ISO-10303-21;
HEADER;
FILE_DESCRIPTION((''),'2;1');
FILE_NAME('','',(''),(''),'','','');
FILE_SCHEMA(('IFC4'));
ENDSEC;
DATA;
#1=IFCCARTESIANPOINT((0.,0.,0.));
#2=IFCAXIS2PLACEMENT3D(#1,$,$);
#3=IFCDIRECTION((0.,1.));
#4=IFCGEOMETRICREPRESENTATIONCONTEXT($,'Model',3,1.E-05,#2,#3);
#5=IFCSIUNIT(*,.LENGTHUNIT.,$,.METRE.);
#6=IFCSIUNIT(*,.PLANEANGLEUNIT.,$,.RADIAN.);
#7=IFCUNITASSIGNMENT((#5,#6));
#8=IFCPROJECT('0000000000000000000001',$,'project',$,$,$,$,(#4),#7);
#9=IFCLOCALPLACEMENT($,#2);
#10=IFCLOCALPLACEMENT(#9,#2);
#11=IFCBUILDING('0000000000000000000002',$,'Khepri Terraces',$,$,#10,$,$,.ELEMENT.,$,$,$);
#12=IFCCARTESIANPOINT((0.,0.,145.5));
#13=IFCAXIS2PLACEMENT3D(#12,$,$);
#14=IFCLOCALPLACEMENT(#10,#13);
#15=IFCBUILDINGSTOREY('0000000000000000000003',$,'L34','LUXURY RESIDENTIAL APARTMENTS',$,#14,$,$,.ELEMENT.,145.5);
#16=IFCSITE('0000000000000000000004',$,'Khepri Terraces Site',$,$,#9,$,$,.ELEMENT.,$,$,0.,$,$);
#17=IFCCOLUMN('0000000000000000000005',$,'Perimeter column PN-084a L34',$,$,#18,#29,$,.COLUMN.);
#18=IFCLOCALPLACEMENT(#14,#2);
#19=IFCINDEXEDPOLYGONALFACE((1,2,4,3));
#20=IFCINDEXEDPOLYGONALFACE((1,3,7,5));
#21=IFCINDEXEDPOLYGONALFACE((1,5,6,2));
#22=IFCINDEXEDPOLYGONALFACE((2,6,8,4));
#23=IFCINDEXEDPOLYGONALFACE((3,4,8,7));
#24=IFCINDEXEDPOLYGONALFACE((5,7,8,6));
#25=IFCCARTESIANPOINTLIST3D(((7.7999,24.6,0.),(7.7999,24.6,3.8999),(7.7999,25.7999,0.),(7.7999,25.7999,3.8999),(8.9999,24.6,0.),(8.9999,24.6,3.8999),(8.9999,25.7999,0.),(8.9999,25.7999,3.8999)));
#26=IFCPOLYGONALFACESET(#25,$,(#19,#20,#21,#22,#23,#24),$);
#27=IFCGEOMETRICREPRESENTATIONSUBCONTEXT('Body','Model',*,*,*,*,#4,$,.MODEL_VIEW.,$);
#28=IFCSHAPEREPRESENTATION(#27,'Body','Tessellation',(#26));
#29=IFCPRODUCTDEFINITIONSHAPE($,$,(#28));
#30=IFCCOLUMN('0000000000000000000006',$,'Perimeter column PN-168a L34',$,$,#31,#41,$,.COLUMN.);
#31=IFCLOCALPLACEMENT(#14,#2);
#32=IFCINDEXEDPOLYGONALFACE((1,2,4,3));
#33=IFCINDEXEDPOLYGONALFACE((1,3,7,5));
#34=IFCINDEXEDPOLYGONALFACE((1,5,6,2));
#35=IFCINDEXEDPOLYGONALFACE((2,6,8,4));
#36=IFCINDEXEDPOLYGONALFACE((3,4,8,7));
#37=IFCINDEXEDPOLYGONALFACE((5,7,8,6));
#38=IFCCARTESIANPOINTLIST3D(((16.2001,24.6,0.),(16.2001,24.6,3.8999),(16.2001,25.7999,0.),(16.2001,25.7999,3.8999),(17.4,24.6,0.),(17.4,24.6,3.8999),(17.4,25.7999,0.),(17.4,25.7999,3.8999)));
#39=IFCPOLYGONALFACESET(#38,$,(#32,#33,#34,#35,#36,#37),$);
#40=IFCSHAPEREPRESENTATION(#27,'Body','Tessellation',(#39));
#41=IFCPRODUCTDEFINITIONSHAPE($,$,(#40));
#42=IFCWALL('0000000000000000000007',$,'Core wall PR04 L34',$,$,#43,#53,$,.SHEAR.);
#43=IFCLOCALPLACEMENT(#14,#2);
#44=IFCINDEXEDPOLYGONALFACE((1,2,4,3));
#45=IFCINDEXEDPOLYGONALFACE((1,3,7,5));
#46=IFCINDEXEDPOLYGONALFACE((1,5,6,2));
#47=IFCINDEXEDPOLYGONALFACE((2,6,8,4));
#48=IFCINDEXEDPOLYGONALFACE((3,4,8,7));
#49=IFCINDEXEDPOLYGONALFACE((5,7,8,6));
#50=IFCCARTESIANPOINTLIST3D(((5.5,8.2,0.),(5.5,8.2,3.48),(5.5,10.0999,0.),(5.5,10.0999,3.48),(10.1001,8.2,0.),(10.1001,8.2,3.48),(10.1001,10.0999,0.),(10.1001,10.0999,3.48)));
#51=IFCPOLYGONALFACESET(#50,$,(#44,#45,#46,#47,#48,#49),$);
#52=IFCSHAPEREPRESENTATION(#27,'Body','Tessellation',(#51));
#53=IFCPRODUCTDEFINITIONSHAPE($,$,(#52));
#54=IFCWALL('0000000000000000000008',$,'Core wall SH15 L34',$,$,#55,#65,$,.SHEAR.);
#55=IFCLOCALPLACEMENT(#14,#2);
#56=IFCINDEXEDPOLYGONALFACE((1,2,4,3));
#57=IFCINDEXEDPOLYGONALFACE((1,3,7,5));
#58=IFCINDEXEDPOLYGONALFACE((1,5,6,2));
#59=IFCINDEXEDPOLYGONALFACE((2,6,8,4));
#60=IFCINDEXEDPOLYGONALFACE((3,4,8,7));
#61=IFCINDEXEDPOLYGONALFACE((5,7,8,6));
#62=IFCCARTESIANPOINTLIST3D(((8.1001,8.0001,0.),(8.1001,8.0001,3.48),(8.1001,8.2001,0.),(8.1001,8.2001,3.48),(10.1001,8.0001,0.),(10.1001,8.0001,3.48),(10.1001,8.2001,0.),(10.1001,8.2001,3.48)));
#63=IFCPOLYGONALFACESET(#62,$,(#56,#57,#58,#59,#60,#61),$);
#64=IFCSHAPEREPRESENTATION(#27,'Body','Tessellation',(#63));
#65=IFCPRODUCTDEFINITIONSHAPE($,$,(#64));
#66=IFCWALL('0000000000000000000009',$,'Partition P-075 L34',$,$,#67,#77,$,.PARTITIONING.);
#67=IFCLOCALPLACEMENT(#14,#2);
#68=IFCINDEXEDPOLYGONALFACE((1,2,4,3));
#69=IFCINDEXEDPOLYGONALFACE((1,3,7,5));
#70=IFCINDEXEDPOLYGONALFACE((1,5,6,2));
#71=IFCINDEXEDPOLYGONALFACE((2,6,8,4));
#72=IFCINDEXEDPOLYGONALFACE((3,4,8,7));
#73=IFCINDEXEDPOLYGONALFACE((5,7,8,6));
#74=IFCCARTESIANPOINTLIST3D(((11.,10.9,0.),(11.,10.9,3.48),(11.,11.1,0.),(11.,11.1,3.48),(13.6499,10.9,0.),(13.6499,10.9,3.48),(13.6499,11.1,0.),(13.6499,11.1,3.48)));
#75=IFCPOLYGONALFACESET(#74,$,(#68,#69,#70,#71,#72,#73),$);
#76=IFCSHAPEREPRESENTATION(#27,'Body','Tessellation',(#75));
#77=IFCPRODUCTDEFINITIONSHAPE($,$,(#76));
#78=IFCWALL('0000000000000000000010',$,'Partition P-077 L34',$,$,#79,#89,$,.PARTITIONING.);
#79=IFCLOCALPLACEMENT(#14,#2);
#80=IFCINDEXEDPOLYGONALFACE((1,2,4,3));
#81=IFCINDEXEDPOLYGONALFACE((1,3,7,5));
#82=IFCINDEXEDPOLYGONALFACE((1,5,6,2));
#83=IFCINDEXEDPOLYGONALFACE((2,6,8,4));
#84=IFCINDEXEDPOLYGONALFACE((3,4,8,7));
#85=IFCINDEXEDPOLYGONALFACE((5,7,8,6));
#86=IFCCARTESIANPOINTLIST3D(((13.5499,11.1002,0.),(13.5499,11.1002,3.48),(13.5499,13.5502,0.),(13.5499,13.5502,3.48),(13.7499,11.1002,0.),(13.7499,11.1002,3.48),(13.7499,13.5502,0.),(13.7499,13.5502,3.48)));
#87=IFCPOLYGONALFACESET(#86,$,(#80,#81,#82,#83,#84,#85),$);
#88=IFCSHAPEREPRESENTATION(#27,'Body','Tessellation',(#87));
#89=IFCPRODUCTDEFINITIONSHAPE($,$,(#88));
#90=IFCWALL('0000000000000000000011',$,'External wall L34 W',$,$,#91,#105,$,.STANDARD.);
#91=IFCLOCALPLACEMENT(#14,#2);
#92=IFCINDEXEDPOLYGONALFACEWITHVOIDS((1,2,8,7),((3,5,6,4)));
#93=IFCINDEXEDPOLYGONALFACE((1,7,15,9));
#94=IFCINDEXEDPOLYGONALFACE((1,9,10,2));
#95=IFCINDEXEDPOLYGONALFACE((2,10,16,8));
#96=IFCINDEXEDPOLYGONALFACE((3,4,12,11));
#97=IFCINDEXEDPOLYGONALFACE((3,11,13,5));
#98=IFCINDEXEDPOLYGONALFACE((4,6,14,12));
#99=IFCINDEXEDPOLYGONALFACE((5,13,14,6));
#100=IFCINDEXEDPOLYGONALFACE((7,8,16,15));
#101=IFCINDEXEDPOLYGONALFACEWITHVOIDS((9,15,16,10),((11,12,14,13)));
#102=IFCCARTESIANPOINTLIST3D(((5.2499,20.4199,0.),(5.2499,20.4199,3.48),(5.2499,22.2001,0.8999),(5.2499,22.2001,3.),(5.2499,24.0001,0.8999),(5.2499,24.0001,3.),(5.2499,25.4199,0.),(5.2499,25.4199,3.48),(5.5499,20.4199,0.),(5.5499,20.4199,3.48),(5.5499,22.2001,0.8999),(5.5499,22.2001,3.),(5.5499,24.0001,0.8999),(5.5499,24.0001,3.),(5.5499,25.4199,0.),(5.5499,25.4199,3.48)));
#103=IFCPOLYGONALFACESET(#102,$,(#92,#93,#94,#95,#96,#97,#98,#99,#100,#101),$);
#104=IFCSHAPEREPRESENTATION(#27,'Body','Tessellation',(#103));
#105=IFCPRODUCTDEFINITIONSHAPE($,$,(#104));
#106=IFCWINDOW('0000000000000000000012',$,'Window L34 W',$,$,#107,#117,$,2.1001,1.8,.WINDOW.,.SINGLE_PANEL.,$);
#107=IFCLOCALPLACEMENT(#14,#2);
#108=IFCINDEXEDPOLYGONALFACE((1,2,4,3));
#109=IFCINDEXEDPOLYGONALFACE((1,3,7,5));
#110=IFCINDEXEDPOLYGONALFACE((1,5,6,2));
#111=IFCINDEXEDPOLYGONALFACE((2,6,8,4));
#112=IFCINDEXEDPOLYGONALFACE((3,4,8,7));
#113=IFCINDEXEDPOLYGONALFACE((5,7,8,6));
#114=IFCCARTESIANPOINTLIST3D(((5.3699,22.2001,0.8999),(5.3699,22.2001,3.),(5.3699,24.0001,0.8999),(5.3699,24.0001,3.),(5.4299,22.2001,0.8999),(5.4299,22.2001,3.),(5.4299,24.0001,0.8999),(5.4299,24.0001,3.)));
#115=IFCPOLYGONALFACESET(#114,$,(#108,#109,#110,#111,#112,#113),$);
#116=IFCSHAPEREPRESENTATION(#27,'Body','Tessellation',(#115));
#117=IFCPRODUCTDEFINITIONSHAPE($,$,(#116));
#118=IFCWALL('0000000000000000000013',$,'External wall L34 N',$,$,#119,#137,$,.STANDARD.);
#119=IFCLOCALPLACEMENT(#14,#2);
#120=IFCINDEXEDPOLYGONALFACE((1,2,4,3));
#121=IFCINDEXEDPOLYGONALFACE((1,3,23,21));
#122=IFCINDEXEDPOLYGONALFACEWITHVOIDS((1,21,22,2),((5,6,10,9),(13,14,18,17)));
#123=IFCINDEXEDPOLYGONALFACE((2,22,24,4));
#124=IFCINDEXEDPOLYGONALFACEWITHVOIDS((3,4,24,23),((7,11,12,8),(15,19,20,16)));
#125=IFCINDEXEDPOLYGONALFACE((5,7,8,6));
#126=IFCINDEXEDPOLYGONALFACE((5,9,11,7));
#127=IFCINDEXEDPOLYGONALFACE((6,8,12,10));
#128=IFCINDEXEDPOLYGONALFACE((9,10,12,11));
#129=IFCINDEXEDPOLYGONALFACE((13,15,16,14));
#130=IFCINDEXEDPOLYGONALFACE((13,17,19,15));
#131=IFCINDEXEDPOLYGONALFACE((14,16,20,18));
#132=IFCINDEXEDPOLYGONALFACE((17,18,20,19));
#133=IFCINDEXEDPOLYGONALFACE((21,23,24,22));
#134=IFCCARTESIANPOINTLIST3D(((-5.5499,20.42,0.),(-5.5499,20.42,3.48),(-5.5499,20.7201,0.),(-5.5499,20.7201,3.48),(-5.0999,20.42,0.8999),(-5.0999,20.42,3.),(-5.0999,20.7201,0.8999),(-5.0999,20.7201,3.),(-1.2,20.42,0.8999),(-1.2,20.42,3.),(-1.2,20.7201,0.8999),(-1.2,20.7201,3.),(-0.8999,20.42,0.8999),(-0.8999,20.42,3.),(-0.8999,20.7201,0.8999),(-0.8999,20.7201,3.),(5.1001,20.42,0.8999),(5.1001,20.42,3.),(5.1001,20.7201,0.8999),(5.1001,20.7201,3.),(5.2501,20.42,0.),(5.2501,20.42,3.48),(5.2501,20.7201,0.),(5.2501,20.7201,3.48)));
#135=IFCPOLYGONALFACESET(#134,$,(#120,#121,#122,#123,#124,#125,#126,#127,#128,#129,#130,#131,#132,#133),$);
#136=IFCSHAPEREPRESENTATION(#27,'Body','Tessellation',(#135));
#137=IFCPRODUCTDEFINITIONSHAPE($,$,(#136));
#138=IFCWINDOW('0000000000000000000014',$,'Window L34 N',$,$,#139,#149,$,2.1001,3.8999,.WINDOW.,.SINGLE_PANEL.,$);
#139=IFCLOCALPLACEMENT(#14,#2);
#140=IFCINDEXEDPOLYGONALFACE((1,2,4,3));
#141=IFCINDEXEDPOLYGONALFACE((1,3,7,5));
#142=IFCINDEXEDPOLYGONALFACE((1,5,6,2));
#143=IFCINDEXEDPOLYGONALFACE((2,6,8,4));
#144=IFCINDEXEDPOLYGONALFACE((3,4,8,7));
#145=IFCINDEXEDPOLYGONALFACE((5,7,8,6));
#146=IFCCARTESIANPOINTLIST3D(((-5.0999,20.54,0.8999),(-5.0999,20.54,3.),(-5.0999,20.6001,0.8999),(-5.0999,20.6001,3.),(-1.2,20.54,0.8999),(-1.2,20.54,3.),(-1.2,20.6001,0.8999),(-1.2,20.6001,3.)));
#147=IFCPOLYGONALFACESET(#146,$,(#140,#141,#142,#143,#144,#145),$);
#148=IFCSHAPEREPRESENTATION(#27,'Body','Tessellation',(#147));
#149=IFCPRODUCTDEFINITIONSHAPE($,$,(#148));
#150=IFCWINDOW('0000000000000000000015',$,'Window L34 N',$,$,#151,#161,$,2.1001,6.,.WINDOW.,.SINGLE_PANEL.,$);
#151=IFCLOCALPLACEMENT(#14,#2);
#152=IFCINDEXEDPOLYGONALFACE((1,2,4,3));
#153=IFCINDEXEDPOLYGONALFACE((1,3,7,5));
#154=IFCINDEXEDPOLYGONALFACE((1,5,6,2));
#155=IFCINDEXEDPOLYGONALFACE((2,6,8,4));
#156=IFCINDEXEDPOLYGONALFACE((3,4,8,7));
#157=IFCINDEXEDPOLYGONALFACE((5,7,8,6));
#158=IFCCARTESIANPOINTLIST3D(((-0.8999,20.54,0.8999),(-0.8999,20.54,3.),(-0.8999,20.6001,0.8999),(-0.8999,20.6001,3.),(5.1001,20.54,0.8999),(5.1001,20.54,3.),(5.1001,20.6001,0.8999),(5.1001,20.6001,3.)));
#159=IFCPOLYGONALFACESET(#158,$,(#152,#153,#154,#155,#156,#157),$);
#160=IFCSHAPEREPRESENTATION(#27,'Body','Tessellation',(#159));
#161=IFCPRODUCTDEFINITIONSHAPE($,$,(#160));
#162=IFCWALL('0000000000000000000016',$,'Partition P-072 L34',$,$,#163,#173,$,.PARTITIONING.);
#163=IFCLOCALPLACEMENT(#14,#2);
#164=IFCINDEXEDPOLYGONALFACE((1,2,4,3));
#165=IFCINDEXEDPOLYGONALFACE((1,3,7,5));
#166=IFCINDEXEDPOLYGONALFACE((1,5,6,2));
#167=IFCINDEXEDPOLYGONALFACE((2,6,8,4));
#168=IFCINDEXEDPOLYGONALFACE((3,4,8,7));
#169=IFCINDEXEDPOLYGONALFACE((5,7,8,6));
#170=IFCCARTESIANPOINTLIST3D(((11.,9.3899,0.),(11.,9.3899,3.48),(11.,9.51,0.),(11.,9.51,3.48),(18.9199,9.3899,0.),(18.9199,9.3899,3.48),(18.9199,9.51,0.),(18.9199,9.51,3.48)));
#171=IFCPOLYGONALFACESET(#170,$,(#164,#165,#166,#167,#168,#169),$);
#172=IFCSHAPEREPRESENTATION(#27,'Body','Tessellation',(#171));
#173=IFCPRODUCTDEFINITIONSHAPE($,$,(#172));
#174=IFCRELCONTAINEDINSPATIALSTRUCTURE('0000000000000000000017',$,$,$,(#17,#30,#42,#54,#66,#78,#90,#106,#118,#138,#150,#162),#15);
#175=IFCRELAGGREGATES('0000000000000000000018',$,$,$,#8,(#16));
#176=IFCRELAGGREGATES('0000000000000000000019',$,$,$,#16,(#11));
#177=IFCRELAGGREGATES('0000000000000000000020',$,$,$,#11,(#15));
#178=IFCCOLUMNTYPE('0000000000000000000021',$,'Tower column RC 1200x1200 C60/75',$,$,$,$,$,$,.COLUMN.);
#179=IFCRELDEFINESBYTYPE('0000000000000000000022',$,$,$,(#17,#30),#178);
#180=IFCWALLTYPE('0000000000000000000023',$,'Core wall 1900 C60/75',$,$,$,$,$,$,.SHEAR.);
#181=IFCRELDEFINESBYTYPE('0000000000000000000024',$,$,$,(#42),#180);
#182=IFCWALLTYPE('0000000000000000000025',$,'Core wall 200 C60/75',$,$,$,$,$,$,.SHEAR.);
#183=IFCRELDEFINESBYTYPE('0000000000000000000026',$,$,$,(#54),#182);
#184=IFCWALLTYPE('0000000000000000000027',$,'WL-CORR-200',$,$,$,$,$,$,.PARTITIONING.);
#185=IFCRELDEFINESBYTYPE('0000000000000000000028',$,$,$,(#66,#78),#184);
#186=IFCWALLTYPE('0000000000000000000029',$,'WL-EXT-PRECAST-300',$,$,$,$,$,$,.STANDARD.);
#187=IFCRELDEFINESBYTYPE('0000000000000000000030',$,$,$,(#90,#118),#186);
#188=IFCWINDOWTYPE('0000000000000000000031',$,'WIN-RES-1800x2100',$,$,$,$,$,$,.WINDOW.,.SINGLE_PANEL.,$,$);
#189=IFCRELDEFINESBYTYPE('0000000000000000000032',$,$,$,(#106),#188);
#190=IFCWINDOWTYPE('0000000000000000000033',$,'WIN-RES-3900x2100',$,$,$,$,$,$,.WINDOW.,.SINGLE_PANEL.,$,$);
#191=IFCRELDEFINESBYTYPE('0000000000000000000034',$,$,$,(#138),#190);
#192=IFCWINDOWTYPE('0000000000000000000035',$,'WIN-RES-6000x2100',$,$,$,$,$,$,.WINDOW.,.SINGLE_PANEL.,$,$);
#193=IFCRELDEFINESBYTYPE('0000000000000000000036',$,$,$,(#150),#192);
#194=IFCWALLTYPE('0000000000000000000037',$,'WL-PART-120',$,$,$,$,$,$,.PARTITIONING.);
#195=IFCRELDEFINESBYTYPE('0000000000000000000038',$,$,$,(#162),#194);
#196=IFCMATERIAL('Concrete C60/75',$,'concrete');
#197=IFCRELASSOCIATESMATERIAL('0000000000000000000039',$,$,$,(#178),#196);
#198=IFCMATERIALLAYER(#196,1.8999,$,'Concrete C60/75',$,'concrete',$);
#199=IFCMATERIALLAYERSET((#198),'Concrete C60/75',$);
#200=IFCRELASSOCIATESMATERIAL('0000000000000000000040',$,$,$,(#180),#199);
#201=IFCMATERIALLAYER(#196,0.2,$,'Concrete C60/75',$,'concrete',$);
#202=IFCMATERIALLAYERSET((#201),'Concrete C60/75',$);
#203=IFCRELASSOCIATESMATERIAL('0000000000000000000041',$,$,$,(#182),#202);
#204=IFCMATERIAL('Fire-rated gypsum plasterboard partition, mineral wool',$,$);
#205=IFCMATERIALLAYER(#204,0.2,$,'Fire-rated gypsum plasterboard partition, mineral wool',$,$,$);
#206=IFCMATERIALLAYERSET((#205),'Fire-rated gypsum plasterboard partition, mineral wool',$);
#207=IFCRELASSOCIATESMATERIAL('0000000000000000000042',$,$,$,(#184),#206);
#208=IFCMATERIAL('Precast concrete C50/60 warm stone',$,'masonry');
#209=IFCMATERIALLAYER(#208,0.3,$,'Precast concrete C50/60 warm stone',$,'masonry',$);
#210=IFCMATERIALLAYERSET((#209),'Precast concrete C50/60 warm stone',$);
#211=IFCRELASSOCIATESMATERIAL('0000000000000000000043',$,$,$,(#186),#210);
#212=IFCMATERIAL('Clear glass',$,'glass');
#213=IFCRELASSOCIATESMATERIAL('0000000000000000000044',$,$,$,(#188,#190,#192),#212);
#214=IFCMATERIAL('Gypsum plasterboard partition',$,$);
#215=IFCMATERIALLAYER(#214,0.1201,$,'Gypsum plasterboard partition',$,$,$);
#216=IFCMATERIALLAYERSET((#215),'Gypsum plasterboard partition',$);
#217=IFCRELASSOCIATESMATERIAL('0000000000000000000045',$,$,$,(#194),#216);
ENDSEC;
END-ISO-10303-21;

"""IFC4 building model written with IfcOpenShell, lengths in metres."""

from ifc_helpers import new_model, si_unit, direction, frame, frame_2d, origin, origin_2d, place, context, subcontext, project, spatial, rectangle, extrude, material, layer, layer_set, material_profile, profile_set, type_object, element, fill, save


model = new_model("IFC4")

# Units and contexts
model_context = context("Model", 3, precision=1e-05, world=origin(), true_north=direction((0.0, 1.0)))
body_context = subcontext(model_context, "Body", "Model", "MODEL_VIEW")
ifc_project = project(units=[si_unit("LENGTHUNIT", "METRE"), si_unit("PLANEANGLEUNIT", "RADIAN")], contexts=[model_context])

# Site, building, storey
site_placement = place(None, origin())
site = spatial("IfcSite", under=ifc_project, at=site_placement, Name="Khepri Terraces Site", CompositionType="ELEMENT", RefElevation=0.0)
building_placement = place(site_placement, origin())
building = spatial("IfcBuilding", under=site, at=building_placement, Name="Khepri Terraces", CompositionType="ELEMENT")
storey_placement = place(building_placement, frame((0.0, 0.0, 145.5)))
storey = spatial("IfcBuildingStorey", under=building, at=storey_placement, Name="L34", Description="LUXURY RESIDENTIAL APARTMENTS", CompositionType="ELEMENT", Elevation=145.5)

# Columns
ifc_material_1 = material(Name="Concrete C60/75", Category="concrete")
ifc_material_profile = material_profile(ifc_material_1, rectangle(XDim=1.2, YDim=1.2, at=origin_2d()), Name="Concrete C60/75", Category="concrete")
ifc_profile_set = profile_set([ifc_material_profile], Name="Concrete C60/75")
column_type = type_object("IfcColumnType", Name="Tower column RC 1200x1200 C60/75", PredefinedType="COLUMN", material=ifc_profile_set)
for number, where, z_axis, x_axis, name in (
    (1, (8.3999, 25.2, 0.0), (0.0, 0.0, 1.0), (1.0, 0.0, 0.0), "Perimeter column PN-084a L34"),
    (2, (16.8, 25.2, 0.0), (0.0, 0.0, 1.0), (1.0, 0.0, 0.0), "Perimeter column PN-168a L34"),
):
    element("IfcColumn", number, at=place(storey_placement, frame(where, z_axis=z_axis, x_axis=x_axis)), inside=storey, type_object=column_type, Name=name, PredefinedType="COLUMN", context=body_context, shape_type="SweptSolid", body=[
        extrude(rectangle(XDim=1.2, YDim=1.2, at=origin_2d()), origin(), (0.0, 0.0, 1.0), 3.8999),
    ])

# Walls
ifc_layer_1 = layer(ifc_material_1, 1.8999, Name="Concrete C60/75", Category="concrete")
ifc_layer_set_1 = layer_set([ifc_layer_1], Name="Concrete C60/75")
wall_type_1 = type_object("IfcWallType", Name="Core wall 1900 C60/75", PredefinedType="SHEAR", material=ifc_layer_set_1)
wall_1_placement = place(storey_placement, frame((5.5, 9.1499, 0.0), z_axis=(0.0, 0.0, 1.0), x_axis=(1.0, 0.0, 0.0)))
element("IfcWall", 3, at=wall_1_placement, inside=storey, type_object=wall_type_1, Name="Core wall PR04 L34", PredefinedType="SHEAR", context=body_context, shape_type="SweptSolid", body=[
    extrude(rectangle(XDim=4.6001, YDim=1.8999, at=frame_2d((2.3, 0.0))), origin(), (0.0, 0.0, 1.0), 3.48),
])
ifc_layer_2 = layer(ifc_material_1, 0.2, Name="Concrete C60/75", Category="concrete")
ifc_layer_set_2 = layer_set([ifc_layer_2], Name="Concrete C60/75")
wall_type_2 = type_object("IfcWallType", Name="Core wall 200 C60/75", PredefinedType="SHEAR", material=ifc_layer_set_2)
wall_2_placement = place(storey_placement, frame((8.1001, 8.1001, 0.0), z_axis=(0.0, 0.0, 1.0), x_axis=(1.0, 0.0, 0.0)))
element("IfcWall", 4, at=wall_2_placement, inside=storey, type_object=wall_type_2, Name="Core wall SH15 L34", PredefinedType="SHEAR", context=body_context, shape_type="SweptSolid", body=[
    extrude(rectangle(XDim=2.0, YDim=0.2, at=frame_2d((1.0, 0.0))), origin(), (0.0, 0.0, 1.0), 3.48),
])
ifc_material_2 = material(Name="Fire-rated gypsum plasterboard partition, mineral wool")
ifc_layer_3 = layer(ifc_material_2, 0.2, Name="Fire-rated gypsum plasterboard partition, mineral wool")
ifc_layer_set_3 = layer_set([ifc_layer_3], Name="Fire-rated gypsum plasterboard partition, mineral wool")
wall_type_3 = type_object("IfcWallType", Name="WL-CORR-200", PredefinedType="PARTITIONING", material=ifc_layer_set_3)
wall_3_placement = place(storey_placement, frame((11.0, 11.0, 0.0), z_axis=(0.0, 0.0, 1.0), x_axis=(1.0, 0.0, 0.0)))
element("IfcWall", 5, at=wall_3_placement, inside=storey, type_object=wall_type_3, Name="Partition P-075 L34", PredefinedType="PARTITIONING", context=body_context, shape_type="SweptSolid", body=[
    extrude(rectangle(XDim=2.6499, YDim=0.2, at=frame_2d((1.325, 0.0))), origin(), (0.0, 0.0, 1.0), 3.48),
])
wall_4_placement = place(storey_placement, frame((13.6499, 11.1001, 0.0), z_axis=(0.0, 0.0, 1.0), x_axis=(0.0, 1.0, 0.0)))
element("IfcWall", 6, at=wall_4_placement, inside=storey, type_object=wall_type_3, Name="Partition P-077 L34", PredefinedType="PARTITIONING", context=body_context, shape_type="SweptSolid", body=[
    extrude(rectangle(XDim=2.45, YDim=0.2, at=frame_2d((1.2251, 0.0))), origin(), (0.0, 0.0, 1.0), 3.48),
])

# Shared definitions
ifc_material_3 = material(Name="Precast concrete C50/60 warm stone", Category="masonry")
ifc_layer_4 = layer(ifc_material_3, 0.3, Name="Precast concrete C50/60 warm stone", Category="masonry")
ifc_layer_set_4 = layer_set([ifc_layer_4], Name="Precast concrete C50/60 warm stone")
wall_type_4 = type_object("IfcWallType", Name="WL-EXT-PRECAST-300", PredefinedType="STANDARD", material=ifc_layer_set_4)

# Wall, opening, window
wall_5_placement = place(storey_placement, frame((5.3999, 25.4199, 0.0), z_axis=(0.0, 0.0, 1.0), x_axis=(0.0, -1.0, 0.0)))
wall_5 = element("IfcWall", 7, at=wall_5_placement, inside=storey, type_object=wall_type_4, Name="External wall L34 W", PredefinedType="STANDARD", context=body_context, shape_type="SweptSolid", body=[
    extrude(rectangle(XDim=5.0, YDim=0.3, at=frame_2d((2.5, 0.0))), origin(), (0.0, 0.0, 1.0), 3.48),
])
opening_1_placement = place(wall_5_placement, frame((1.4199, 0.0, 0.8999)))
opening_1 = element("IfcOpeningElement", 8, at=opening_1_placement, cuts=wall_5, PredefinedType="OPENING", context=body_context, shape_type="SweptSolid", body=[
    extrude(rectangle(XDim=1.8, YDim=2.1001, at=frame_2d((0.8999, 1.05))), frame((0.0, 0.1602, 0.0), z_axis=(0.0, -1.0, 0.0), x_axis=(1.0, 0.0, 0.0)), (0.0, 0.0, 1.0), 0.3201),
])
ifc_material_4 = material(Name="Clear glass", Category="glass")
window_type_1 = type_object("IfcWindowType", Name="WIN-RES-1800x2100", PartitioningType="SINGLE_PANEL", PredefinedType="WINDOW", material=ifc_material_4)
window_1_placement = place(opening_1_placement, origin())
window_1 = element("IfcWindow", 9, at=window_1_placement, inside=storey, type_object=window_type_1, Name="Window L34 W", OverallHeight=2.1001, OverallWidth=1.8, PartitioningType="SINGLE_PANEL", PredefinedType="WINDOW", context=body_context, shape_type="SweptSolid", body=[
    extrude(rectangle(XDim=1.8, YDim=2.1001, at=frame_2d((0.8999, 1.05))), frame((0.0, 0.03, 0.0), z_axis=(0.0, -1.0, 0.0), x_axis=(1.0, 0.0, 0.0)), (0.0, 0.0, 1.0), 0.0601),
])
fill(opening_1, window_1)

# Wall, openings, windows
wall_6_placement = place(storey_placement, frame((5.25, 20.5701, 0.0), z_axis=(0.0, 0.0, 1.0), x_axis=(-1.0, 0.0, 0.0)))
wall_6 = element("IfcWall", 10, at=wall_6_placement, inside=storey, type_object=wall_type_4, Name="External wall L34 N", PredefinedType="STANDARD", context=body_context, shape_type="SweptSolid", body=[
    extrude(rectangle(XDim=10.8, YDim=0.3, at=frame_2d((5.3999, 0.0))), origin(), (0.0, 0.0, 1.0), 3.48),
])
opening_2_placement = place(wall_6_placement, frame((0.1499, 0.0, 0.8999)))
opening_2 = element("IfcOpeningElement", 11, at=opening_2_placement, cuts=wall_6, PredefinedType="OPENING", context=body_context, shape_type="SweptSolid", body=[
    extrude(rectangle(XDim=6.0, YDim=2.1001, at=frame_2d((3.0, 1.05))), frame((0.0, 0.1602, 0.0), z_axis=(0.0, -1.0, 0.0), x_axis=(1.0, 0.0, 0.0)), (0.0, 0.0, 1.0), 0.3201),
])
opening_3_placement = place(wall_6_placement, frame((6.45, 0.0, 0.8999)))
opening_3 = element("IfcOpeningElement", 12, at=opening_3_placement, cuts=wall_6, PredefinedType="OPENING", context=body_context, shape_type="SweptSolid", body=[
    extrude(rectangle(XDim=3.8999, YDim=2.1001, at=frame_2d((1.95, 1.05))), frame((0.0, 0.1602, 0.0), z_axis=(0.0, -1.0, 0.0), x_axis=(1.0, 0.0, 0.0)), (0.0, 0.0, 1.0), 0.3201),
])
window_type_2 = type_object("IfcWindowType", Name="WIN-RES-3900x2100", PartitioningType="SINGLE_PANEL", PredefinedType="WINDOW", material=ifc_material_4)
window_2_placement = place(opening_3_placement, origin())
window_2 = element("IfcWindow", 13, at=window_2_placement, inside=storey, type_object=window_type_2, Name="Window L34 N", OverallHeight=2.1001, OverallWidth=3.8999, PartitioningType="SINGLE_PANEL", PredefinedType="WINDOW", context=body_context, shape_type="SweptSolid", body=[
    extrude(rectangle(XDim=3.8999, YDim=2.1001, at=frame_2d((1.95, 1.05))), frame((0.0, 0.03, 0.0), z_axis=(0.0, -1.0, 0.0), x_axis=(1.0, 0.0, 0.0)), (0.0, 0.0, 1.0), 0.0601),
])
fill(opening_3, window_2)
window_type_3 = type_object("IfcWindowType", Name="WIN-RES-6000x2100", PartitioningType="SINGLE_PANEL", PredefinedType="WINDOW", material=ifc_material_4)
window_3_placement = place(opening_2_placement, origin())
window_3 = element("IfcWindow", 14, at=window_3_placement, inside=storey, type_object=window_type_3, Name="Window L34 N", OverallHeight=2.1001, OverallWidth=6.0, PartitioningType="SINGLE_PANEL", PredefinedType="WINDOW", context=body_context, shape_type="SweptSolid", body=[
    extrude(rectangle(XDim=6.0, YDim=2.1001, at=frame_2d((3.0, 1.05))), frame((0.0, 0.03, 0.0), z_axis=(0.0, -1.0, 0.0), x_axis=(1.0, 0.0, 0.0)), (0.0, 0.0, 1.0), 0.0601),
])
fill(opening_2, window_3)

# Wall
ifc_material_5 = material(Name="Gypsum plasterboard partition")
ifc_layer_5 = layer(ifc_material_5, 0.1201, Name="Gypsum plasterboard partition")
ifc_layer_set_5 = layer_set([ifc_layer_5], Name="Gypsum plasterboard partition")
wall_type_5 = type_object("IfcWallType", Name="WL-PART-120", PredefinedType="PARTITIONING", material=ifc_layer_set_5)
wall_7_placement = place(storey_placement, frame((11.0, 9.45, 0.0), z_axis=(0.0, 0.0, 1.0), x_axis=(1.0, 0.0, 0.0)))
element("IfcWall", 15, at=wall_7_placement, inside=storey, type_object=wall_type_5, Name="Partition P-072 L34", PredefinedType="PARTITIONING", context=body_context, shape_type="SweptSolid", body=[
    extrude(rectangle(XDim=7.9199, YDim=0.1201, at=frame_2d((3.96, 0.0))), origin(), (0.0, 0.0, 1.0), 3.48),
])

save(model, "model.ifc")
